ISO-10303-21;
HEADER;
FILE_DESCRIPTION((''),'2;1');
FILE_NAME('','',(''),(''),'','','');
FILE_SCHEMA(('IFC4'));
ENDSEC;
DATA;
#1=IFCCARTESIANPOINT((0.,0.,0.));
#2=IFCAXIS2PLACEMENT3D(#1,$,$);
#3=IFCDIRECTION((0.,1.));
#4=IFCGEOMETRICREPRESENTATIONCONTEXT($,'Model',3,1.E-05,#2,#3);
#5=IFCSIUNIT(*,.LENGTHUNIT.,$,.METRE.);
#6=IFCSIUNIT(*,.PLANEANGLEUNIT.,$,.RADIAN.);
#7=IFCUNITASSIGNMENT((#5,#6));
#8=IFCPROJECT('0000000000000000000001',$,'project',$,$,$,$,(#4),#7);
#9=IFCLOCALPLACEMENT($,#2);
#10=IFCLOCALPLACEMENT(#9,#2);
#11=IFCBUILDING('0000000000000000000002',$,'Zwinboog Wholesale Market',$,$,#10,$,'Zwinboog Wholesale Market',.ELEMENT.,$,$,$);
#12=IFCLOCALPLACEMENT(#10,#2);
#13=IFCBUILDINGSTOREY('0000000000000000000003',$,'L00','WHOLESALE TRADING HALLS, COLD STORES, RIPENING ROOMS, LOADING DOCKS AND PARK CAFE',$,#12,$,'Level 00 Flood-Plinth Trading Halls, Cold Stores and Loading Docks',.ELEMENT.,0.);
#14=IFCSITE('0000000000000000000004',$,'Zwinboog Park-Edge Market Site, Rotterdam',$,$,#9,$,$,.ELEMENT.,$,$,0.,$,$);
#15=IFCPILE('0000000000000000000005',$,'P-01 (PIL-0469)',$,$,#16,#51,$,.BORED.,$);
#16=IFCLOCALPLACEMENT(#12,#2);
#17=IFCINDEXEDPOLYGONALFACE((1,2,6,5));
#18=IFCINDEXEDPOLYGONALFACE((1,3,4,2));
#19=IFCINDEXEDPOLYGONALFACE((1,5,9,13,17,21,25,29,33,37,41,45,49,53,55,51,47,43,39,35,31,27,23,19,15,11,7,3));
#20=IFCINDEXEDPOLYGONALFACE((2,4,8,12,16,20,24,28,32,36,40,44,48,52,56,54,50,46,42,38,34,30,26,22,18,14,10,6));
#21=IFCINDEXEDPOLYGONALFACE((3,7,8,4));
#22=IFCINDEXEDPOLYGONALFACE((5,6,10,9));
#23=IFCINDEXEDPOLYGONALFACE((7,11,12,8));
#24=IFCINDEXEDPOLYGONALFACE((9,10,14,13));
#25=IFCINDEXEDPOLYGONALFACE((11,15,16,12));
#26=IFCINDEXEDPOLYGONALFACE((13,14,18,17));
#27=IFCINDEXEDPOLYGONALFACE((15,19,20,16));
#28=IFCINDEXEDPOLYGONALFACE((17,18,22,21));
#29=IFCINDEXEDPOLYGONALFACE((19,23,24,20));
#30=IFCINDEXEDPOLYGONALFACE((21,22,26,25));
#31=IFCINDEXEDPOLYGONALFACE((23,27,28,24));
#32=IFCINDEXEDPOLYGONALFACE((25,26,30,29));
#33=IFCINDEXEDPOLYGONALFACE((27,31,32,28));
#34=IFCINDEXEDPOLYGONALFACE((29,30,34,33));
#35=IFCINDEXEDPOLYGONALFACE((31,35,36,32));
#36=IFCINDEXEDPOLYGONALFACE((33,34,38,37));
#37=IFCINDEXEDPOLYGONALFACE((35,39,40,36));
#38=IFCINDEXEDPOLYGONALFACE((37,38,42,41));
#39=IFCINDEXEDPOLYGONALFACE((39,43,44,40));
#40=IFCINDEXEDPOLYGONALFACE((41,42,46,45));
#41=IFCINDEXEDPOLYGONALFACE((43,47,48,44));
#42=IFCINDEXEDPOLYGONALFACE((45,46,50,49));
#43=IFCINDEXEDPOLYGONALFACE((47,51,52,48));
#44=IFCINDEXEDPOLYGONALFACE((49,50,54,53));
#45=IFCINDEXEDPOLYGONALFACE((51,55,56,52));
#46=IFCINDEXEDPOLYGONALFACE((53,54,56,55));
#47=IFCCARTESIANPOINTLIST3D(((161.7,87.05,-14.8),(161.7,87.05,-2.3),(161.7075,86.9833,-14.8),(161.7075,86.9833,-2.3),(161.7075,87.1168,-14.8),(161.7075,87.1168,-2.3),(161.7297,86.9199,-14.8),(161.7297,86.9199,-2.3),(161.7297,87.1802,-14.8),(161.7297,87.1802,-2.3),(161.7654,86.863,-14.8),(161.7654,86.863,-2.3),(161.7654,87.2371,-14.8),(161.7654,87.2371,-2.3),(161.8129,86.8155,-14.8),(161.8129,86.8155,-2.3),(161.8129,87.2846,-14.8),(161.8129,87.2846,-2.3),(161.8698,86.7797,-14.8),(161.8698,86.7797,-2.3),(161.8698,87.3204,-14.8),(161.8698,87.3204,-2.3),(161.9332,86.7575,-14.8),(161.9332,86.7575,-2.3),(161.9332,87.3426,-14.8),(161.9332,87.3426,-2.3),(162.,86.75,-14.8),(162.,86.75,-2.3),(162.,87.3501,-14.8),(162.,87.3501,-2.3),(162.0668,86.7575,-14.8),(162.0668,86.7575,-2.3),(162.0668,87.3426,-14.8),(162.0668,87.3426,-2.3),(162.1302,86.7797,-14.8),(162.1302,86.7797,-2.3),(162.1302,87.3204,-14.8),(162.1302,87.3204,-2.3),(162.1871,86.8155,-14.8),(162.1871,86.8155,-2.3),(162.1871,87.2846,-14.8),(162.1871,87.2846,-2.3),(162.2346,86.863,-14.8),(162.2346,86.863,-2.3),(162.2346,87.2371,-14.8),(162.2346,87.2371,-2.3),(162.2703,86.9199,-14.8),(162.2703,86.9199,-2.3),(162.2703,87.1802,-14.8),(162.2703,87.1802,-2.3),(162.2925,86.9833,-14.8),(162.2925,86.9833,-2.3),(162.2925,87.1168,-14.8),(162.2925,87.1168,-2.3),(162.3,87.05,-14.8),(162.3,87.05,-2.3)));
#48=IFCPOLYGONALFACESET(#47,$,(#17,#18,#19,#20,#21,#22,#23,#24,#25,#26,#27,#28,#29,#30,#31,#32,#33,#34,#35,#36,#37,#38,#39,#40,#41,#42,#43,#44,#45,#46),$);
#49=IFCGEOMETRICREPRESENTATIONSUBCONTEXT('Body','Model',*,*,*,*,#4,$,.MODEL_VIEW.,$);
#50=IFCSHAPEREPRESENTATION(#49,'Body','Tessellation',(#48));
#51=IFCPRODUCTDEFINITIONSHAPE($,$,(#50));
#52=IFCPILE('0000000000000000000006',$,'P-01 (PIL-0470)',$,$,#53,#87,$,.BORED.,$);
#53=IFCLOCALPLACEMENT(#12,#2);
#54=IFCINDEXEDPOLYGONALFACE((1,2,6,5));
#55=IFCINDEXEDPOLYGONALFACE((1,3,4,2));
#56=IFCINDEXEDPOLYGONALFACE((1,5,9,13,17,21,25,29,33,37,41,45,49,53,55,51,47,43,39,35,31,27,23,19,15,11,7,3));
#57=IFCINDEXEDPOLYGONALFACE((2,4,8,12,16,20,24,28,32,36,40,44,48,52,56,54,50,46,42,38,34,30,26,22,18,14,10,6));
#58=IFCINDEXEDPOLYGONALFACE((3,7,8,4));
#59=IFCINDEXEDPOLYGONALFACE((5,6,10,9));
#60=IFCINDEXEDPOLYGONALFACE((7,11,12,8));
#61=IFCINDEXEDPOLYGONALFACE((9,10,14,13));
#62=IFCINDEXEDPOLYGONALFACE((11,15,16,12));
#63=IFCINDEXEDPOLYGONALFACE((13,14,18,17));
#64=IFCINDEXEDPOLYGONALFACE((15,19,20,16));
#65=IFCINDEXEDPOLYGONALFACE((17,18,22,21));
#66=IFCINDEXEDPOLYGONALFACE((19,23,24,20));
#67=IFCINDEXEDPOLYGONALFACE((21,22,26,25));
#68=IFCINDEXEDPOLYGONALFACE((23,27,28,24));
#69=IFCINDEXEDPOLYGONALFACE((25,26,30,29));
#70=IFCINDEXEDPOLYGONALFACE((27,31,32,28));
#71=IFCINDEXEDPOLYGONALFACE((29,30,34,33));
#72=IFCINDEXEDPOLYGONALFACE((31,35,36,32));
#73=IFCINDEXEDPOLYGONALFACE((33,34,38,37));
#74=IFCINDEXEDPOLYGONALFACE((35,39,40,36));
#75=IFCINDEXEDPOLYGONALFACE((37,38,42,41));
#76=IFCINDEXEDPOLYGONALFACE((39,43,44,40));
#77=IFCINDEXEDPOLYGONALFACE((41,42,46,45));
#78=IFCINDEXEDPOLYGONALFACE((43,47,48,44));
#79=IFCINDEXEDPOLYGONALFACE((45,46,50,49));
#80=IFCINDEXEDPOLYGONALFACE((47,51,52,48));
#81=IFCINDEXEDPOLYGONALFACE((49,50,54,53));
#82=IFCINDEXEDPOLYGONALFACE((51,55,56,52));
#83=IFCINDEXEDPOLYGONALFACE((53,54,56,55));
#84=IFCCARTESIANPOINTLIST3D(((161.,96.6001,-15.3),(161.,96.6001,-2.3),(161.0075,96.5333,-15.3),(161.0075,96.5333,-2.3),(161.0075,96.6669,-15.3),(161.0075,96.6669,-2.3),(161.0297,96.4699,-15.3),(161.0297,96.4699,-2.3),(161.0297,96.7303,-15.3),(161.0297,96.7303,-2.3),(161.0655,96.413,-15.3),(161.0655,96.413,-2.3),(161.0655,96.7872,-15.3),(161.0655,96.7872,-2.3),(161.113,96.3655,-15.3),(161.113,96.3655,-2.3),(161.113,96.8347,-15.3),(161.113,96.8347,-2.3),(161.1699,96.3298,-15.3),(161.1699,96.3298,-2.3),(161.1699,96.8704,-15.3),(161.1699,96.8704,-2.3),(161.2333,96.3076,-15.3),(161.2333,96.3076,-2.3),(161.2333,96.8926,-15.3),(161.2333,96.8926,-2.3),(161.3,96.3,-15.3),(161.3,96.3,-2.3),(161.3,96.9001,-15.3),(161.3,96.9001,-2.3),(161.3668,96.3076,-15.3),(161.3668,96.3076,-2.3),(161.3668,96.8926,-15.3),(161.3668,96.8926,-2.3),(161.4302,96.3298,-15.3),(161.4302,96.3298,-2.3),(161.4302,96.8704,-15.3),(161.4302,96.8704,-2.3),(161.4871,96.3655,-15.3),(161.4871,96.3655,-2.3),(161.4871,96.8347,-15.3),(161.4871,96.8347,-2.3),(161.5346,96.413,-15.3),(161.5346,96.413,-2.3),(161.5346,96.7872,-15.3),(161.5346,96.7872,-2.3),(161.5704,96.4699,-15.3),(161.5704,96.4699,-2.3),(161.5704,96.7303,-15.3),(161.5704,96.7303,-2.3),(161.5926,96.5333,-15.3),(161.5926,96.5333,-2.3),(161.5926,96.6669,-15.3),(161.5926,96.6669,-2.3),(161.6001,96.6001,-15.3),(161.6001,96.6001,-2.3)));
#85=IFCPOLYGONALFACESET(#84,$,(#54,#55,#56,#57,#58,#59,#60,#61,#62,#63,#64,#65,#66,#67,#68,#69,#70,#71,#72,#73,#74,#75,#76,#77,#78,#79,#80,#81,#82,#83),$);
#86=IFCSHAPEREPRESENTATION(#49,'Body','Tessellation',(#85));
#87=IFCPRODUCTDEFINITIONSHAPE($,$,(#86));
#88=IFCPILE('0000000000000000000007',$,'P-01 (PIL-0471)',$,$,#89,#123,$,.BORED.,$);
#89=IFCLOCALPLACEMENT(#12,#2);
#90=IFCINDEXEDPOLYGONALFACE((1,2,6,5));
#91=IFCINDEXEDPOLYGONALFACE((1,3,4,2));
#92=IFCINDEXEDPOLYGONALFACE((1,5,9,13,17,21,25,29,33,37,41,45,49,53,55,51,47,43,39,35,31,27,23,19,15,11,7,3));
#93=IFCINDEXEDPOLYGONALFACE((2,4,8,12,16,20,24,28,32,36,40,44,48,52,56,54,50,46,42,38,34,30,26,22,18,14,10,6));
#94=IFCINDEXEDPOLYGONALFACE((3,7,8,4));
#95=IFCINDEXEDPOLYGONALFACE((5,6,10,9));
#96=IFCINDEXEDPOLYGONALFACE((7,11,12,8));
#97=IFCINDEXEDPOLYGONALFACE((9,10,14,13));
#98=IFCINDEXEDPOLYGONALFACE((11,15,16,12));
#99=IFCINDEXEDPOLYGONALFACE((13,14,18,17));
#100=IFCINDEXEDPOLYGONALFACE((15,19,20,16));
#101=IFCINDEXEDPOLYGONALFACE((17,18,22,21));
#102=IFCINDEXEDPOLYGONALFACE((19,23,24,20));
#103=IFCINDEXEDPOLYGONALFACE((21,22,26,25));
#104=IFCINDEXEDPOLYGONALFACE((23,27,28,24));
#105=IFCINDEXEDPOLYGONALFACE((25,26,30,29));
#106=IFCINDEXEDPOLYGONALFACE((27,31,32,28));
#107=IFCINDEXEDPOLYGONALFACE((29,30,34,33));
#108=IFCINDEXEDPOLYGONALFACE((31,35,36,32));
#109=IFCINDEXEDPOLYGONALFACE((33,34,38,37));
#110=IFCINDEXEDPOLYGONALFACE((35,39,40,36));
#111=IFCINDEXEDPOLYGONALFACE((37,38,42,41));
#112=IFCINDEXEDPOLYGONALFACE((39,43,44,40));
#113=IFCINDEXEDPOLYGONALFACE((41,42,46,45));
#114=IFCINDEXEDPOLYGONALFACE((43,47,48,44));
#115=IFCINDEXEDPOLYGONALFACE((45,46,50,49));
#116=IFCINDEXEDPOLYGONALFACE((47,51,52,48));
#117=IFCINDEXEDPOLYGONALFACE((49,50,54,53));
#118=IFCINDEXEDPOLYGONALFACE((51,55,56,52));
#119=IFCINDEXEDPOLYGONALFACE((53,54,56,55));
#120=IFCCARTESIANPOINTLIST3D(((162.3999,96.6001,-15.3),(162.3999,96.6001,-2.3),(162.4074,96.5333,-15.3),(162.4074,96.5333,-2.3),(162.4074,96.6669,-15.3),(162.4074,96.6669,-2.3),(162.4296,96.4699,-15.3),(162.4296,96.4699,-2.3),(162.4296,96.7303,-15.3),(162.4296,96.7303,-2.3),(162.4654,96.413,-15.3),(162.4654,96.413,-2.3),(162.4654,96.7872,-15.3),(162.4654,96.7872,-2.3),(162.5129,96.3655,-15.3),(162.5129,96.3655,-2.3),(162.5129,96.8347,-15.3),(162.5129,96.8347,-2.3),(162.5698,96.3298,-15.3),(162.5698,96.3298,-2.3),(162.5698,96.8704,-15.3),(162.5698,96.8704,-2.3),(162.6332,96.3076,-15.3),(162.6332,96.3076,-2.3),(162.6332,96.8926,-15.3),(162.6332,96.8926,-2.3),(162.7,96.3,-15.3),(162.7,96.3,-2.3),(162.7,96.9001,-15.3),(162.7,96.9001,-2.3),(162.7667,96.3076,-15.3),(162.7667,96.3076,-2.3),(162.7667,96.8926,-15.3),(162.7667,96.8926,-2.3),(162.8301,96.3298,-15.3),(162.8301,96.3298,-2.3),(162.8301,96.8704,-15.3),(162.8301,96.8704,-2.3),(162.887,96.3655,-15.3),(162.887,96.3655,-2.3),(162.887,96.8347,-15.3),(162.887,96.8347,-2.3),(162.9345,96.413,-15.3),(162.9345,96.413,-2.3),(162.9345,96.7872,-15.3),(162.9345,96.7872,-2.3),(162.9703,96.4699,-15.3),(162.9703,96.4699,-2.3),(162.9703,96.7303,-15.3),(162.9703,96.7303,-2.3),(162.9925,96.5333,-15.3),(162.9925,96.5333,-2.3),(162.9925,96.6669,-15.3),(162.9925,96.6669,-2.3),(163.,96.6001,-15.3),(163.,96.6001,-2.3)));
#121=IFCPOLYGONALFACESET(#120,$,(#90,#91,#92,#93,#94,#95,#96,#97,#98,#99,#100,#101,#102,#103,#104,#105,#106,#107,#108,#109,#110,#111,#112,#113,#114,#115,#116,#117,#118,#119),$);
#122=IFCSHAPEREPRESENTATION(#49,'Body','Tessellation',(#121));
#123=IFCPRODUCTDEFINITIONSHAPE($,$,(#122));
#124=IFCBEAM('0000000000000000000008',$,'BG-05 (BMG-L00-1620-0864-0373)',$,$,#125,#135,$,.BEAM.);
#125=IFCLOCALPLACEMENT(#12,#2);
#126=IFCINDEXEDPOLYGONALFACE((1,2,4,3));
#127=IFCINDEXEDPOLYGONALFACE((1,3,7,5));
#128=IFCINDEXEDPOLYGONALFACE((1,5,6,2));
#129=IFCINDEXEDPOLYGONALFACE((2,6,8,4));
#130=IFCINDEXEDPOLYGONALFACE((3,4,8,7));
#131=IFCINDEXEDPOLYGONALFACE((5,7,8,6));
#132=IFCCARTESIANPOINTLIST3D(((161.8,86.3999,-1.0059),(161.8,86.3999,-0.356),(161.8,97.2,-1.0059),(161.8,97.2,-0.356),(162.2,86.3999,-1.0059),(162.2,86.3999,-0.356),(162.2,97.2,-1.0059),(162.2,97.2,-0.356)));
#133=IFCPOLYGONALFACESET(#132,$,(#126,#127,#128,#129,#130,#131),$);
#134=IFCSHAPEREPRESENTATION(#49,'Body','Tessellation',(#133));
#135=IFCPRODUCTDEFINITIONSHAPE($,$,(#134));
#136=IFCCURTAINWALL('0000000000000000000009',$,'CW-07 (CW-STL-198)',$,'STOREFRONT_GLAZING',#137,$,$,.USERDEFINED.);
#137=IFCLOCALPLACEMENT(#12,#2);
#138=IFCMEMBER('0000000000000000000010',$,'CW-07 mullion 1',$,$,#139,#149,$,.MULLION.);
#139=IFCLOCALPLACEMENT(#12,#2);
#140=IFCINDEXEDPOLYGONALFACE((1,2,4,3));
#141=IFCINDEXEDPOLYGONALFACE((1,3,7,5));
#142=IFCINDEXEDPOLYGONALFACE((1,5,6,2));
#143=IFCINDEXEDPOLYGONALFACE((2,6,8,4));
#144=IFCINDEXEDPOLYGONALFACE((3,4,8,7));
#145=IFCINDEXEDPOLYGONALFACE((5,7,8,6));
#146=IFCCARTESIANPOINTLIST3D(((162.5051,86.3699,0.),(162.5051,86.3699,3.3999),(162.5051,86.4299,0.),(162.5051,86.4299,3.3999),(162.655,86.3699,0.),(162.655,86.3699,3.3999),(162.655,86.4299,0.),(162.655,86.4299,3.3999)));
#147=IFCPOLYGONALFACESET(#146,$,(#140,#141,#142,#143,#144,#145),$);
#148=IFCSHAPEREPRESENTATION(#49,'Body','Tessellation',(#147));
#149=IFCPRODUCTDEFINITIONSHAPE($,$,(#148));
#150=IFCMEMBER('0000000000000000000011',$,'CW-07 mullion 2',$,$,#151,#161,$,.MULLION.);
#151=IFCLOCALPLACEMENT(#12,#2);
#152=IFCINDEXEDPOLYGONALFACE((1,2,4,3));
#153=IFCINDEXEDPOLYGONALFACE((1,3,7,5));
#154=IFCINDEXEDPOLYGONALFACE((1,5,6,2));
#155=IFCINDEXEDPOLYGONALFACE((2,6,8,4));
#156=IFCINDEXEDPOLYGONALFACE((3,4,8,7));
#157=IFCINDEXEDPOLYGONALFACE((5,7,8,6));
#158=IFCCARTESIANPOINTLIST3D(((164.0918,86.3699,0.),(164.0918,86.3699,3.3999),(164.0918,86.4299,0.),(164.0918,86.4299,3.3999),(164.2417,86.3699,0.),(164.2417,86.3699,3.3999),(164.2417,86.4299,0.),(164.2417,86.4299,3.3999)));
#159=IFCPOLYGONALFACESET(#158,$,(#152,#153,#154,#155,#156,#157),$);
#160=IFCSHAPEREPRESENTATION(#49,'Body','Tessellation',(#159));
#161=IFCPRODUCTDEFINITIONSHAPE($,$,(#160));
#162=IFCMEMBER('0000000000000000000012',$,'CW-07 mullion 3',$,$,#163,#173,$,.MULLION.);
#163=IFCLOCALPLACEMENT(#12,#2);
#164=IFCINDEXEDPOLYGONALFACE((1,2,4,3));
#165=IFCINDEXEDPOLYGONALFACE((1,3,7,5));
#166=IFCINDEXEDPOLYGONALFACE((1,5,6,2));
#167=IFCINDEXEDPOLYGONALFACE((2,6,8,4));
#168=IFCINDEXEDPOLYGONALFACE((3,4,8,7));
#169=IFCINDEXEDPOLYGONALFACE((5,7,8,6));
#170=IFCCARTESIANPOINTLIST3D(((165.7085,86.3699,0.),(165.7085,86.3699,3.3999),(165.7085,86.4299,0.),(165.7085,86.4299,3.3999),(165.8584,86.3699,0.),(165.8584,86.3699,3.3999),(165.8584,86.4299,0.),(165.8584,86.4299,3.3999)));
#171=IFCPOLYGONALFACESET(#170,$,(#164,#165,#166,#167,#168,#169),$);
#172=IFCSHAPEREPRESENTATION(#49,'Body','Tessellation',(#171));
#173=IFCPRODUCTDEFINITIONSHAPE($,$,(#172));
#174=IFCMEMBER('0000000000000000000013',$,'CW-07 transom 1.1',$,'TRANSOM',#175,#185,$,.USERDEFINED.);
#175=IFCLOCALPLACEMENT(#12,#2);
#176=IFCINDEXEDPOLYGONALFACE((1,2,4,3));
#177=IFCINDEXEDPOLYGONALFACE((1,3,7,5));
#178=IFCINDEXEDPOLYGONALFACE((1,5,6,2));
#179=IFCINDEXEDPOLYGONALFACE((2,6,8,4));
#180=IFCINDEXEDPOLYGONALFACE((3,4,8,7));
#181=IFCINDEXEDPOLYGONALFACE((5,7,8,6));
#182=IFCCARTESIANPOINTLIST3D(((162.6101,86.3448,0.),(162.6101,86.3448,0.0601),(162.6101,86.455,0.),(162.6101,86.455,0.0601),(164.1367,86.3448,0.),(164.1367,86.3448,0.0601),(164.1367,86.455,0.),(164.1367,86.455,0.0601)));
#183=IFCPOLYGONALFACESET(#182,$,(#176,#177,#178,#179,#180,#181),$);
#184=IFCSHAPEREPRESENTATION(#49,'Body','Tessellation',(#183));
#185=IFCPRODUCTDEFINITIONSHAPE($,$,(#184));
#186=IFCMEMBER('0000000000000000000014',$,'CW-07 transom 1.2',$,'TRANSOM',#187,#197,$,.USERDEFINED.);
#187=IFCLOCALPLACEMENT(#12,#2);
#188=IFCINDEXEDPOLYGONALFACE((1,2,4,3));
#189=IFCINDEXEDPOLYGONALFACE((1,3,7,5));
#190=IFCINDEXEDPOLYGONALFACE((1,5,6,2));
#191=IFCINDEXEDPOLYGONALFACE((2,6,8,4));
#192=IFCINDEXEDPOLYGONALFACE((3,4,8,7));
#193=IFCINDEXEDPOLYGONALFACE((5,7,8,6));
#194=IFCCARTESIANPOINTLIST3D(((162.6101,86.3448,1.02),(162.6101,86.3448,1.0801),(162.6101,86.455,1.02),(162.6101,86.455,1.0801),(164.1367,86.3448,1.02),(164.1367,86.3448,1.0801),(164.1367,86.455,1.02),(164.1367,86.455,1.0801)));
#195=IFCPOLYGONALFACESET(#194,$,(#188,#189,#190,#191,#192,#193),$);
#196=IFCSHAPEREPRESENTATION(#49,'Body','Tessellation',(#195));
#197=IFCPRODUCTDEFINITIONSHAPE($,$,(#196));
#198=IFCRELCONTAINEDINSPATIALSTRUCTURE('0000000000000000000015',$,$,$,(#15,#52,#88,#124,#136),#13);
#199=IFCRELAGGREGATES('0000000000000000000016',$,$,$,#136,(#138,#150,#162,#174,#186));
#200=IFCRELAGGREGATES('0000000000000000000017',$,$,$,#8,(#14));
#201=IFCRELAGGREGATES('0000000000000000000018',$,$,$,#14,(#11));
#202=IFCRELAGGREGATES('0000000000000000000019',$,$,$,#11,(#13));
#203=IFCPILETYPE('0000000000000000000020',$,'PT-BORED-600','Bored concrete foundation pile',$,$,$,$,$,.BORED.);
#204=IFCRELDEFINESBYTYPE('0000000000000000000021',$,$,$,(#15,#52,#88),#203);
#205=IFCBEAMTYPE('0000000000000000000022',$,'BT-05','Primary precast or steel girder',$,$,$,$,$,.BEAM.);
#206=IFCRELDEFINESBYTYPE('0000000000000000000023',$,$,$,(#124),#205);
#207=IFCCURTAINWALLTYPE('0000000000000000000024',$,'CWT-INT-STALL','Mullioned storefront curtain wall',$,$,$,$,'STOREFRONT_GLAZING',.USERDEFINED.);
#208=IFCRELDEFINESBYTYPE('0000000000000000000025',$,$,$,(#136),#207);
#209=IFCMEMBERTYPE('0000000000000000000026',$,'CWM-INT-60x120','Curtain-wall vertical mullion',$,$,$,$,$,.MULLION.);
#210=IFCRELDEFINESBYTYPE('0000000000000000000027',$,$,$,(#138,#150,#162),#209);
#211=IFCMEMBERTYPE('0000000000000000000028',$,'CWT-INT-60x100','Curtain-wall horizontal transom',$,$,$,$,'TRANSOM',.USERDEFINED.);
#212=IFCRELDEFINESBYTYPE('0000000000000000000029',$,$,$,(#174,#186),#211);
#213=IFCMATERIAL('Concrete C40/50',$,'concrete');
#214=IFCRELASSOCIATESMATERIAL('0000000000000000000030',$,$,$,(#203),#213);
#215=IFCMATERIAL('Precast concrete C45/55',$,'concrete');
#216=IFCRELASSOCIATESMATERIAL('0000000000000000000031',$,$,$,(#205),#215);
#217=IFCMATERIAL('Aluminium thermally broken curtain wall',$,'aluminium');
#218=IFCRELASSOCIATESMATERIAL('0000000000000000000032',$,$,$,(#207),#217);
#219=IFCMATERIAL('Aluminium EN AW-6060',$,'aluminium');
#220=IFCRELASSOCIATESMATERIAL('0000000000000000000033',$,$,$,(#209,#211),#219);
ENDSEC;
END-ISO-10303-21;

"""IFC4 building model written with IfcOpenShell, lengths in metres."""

from ifc_helpers import new_model, si_unit, direction, frame, origin, origin_2d, place, context, subcontext, project, spatial, rectangle, circle, extrude, material, material_profile, profile_set, type_object, element, aggregate, save


model = new_model("IFC4")

# Units and contexts
model_context = context("Model", 3, precision=1e-05, world=origin(), true_north=direction((0.0, 1.0)))
body_context = subcontext(model_context, "Body", "Model", "MODEL_VIEW")
ifc_project = project(units=[si_unit("LENGTHUNIT", "METRE"), si_unit("PLANEANGLEUNIT", "RADIAN")], contexts=[model_context])

# Site, building, storey
site_placement = place(None, origin())
site = spatial("IfcSite", under=ifc_project, at=site_placement, Name="Zwinboog Park-Edge Market Site, Rotterdam", CompositionType="ELEMENT", RefElevation=0.0)
building_placement = place(site_placement, origin())
building = spatial("IfcBuilding", under=site, at=building_placement, Name="Zwinboog Wholesale Market", LongName="Zwinboog Wholesale Market", CompositionType="ELEMENT")
storey_placement = place(building_placement, origin())
storey = spatial("IfcBuildingStorey", under=building, at=storey_placement, Name="L00", Description="WHOLESALE TRADING HALLS, COLD STORES, RIPENING ROOMS, LOADING DOCKS AND PARK CAFE", LongName="Level 00 Flood-Plinth Trading Halls, Cold Stores and Loading Docks", CompositionType="ELEMENT", Elevation=0.0)

# Piles
ifc_material_1 = material(Name="Concrete C40/50", Category="concrete")
ifc_material_profile_1 = material_profile(ifc_material_1, circle(Radius=0.3, at=origin_2d()), Name="PILE D600")
ifc_profile_set_1 = profile_set([ifc_material_profile_1], Name="Concrete C40/50")
pile_type = type_object("IfcPileType", Name="PT-BORED-600", Description="Bored concrete foundation pile", PredefinedType="BORED", material=ifc_profile_set_1)
pile_placement = place(storey_placement, frame((162.0, 87.05, -2.3), z_axis=(0.0, 0.0, -1.0), x_axis=(1.0, 0.0, 0.0)))
element("IfcPile", 1, at=pile_placement, inside=storey, type_object=pile_type, Name="P-01 (PIL-0469)", PredefinedType="BORED", context=body_context, shape_type="SweptSolid", body=[
    extrude(circle(Radius=0.3, at=origin_2d()), origin(), (0.0, 0.0, 1.0), 12.5),
])
for number, where, z_axis, x_axis, name in (
    (2, (161.3, 96.6001, -2.3), (0.0, 0.0, -1.0), (1.0, 0.0, 0.0), "P-01 (PIL-0470)"),
    (3, (162.7, 96.6001, -2.3), (0.0, 0.0, -1.0), (1.0, 0.0, 0.0), "P-01 (PIL-0471)"),
):
    element("IfcPile", number, at=place(storey_placement, frame(where, z_axis=z_axis, x_axis=x_axis)), inside=storey, type_object=pile_type, Name=name, PredefinedType="BORED", context=body_context, shape_type="SweptSolid", body=[
        extrude(circle(Radius=0.3, at=origin_2d()), origin(), (0.0, 0.0, 1.0), 13.0),
    ])

# Beam
ifc_material_2 = material(Name="Precast concrete C45/55", Category="concrete")
ifc_material_profile_2 = material_profile(ifc_material_2, rectangle(XDim=0.3999, YDim=0.6499, at=origin_2d()), Name="PC 400x650")
ifc_profile_set_2 = profile_set([ifc_material_profile_2], Name="Precast concrete C45/55")
beam_type = type_object("IfcBeamType", Name="BT-05", Description="Primary precast or steel girder", PredefinedType="BEAM", material=ifc_profile_set_2)
beam_placement = place(storey_placement, frame((162.0, 86.3999, -0.6809), z_axis=(0.0, 1.0, 0.0), x_axis=(-1.0, 0.0, 0.0)))
element("IfcBeam", 4, at=beam_placement, inside=storey, type_object=beam_type, Name="BG-05 (BMG-L00-1620-0864-0373)", PredefinedType="BEAM", context=body_context, shape_type="SweptSolid", body=[
    extrude(rectangle(XDim=0.3999, YDim=0.6499, at=origin_2d()), origin(), (0.0, 0.0, 1.0), 10.8),
])

# Curtain wall, members
ifc_material_3 = material(Name="Aluminium thermally broken curtain wall", Category="aluminium")
curtain_wall_type = type_object("IfcCurtainWallType", Name="CWT-INT-STALL", Description="Mullioned storefront curtain wall", ElementType="STOREFRONT_GLAZING", PredefinedType="USERDEFINED", material=ifc_material_3)
curtain_wall_placement = place(storey_placement, origin())
curtain_wall = element("IfcCurtainWall", 5, at=curtain_wall_placement, inside=storey, type_object=curtain_wall_type, Name="CW-07 (CW-STL-198)", ObjectType="STOREFRONT_GLAZING", PredefinedType="USERDEFINED")
ifc_material_4 = material(Name="Aluminium EN AW-6060", Category="aluminium")
ifc_material_profile_3 = material_profile(ifc_material_4, rectangle(XDim=0.0601, YDim=0.1499, at=origin_2d()), Name="AL 60x150")
ifc_profile_set_3 = profile_set([ifc_material_profile_3], Name="Aluminium EN AW-6060")
member_type_1 = type_object("IfcMemberType", Name="CWM-INT-60x120", Description="Curtain-wall vertical mullion", PredefinedType="MULLION", material=ifc_profile_set_3)
member_1_placement = place(storey_placement, frame((162.5801, 86.3999, 0.0), z_axis=(0.0, 0.0, 1.0), x_axis=(0.0, 1.0, 0.0)))
member_1 = element("IfcMember", 6, at=member_1_placement, type_object=member_type_1, Name="CW-07 mullion 1", PredefinedType="MULLION", context=body_context, shape_type="SweptSolid", body=[
    extrude(rectangle(XDim=0.0601, YDim=0.1499, at=origin_2d()), origin(), (0.0, 0.0, 1.0), 3.3999),
])
member_2_placement = place(storey_placement, frame((164.1667, 86.3999, 0.0), z_axis=(0.0, 0.0, 1.0), x_axis=(0.0, 1.0, 0.0)))
member_2 = element("IfcMember", 7, at=member_2_placement, type_object=member_type_1, Name="CW-07 mullion 2", PredefinedType="MULLION", context=body_context, shape_type="SweptSolid", body=[
    extrude(rectangle(XDim=0.0601, YDim=0.1499, at=origin_2d()), origin(), (0.0, 0.0, 1.0), 3.3999),
])
member_3_placement = place(storey_placement, frame((165.7834, 86.3999, 0.0), z_axis=(0.0, 0.0, 1.0), x_axis=(0.0, 1.0, 0.0)))
member_3 = element("IfcMember", 8, at=member_3_placement, type_object=member_type_1, Name="CW-07 mullion 3", PredefinedType="MULLION", context=body_context, shape_type="SweptSolid", body=[
    extrude(rectangle(XDim=0.0601, YDim=0.1499, at=origin_2d()), origin(), (0.0, 0.0, 1.0), 3.3999),
])
ifc_material_profile_4 = material_profile(ifc_material_4, rectangle(XDim=0.1101, YDim=0.0601, at=origin_2d()), Name="AL 60x110")
ifc_profile_set_4 = profile_set([ifc_material_profile_4], Name="Aluminium EN AW-6060")
member_type_2 = type_object("IfcMemberType", Name="CWT-INT-60x100", Description="Curtain-wall horizontal transom", ElementType="TRANSOM", PredefinedType="USERDEFINED", material=ifc_profile_set_4)
member_4_placement = place(storey_placement, frame((162.6101, 86.3999, 0.03), z_axis=(1.0, 0.0, 0.0), x_axis=(0.0, 1.0, 0.0)))
member_4 = element("IfcMember", 9, at=member_4_placement, type_object=member_type_2, Name="CW-07 transom 1.1", ObjectType="TRANSOM", PredefinedType="USERDEFINED", context=body_context, shape_type="SweptSolid", body=[
    extrude(rectangle(XDim=0.1101, YDim=0.0601, at=origin_2d()), origin(), (0.0, 0.0, 1.0), 1.5266),
])
member_5_placement = place(storey_placement, frame((162.6101, 86.3999, 1.05), z_axis=(1.0, 0.0, 0.0), x_axis=(0.0, 1.0, 0.0)))
member_5 = element("IfcMember", 10, at=member_5_placement, type_object=member_type_2, Name="CW-07 transom 1.2", ObjectType="TRANSOM", PredefinedType="USERDEFINED", context=body_context, shape_type="SweptSolid", body=[
    extrude(rectangle(XDim=0.1101, YDim=0.0601, at=origin_2d()), origin(), (0.0, 0.0, 1.0), 1.5266),
])
aggregate(curtain_wall, [member_1, member_2, member_3, member_4, member_5])

save(model, "model.ifc")
